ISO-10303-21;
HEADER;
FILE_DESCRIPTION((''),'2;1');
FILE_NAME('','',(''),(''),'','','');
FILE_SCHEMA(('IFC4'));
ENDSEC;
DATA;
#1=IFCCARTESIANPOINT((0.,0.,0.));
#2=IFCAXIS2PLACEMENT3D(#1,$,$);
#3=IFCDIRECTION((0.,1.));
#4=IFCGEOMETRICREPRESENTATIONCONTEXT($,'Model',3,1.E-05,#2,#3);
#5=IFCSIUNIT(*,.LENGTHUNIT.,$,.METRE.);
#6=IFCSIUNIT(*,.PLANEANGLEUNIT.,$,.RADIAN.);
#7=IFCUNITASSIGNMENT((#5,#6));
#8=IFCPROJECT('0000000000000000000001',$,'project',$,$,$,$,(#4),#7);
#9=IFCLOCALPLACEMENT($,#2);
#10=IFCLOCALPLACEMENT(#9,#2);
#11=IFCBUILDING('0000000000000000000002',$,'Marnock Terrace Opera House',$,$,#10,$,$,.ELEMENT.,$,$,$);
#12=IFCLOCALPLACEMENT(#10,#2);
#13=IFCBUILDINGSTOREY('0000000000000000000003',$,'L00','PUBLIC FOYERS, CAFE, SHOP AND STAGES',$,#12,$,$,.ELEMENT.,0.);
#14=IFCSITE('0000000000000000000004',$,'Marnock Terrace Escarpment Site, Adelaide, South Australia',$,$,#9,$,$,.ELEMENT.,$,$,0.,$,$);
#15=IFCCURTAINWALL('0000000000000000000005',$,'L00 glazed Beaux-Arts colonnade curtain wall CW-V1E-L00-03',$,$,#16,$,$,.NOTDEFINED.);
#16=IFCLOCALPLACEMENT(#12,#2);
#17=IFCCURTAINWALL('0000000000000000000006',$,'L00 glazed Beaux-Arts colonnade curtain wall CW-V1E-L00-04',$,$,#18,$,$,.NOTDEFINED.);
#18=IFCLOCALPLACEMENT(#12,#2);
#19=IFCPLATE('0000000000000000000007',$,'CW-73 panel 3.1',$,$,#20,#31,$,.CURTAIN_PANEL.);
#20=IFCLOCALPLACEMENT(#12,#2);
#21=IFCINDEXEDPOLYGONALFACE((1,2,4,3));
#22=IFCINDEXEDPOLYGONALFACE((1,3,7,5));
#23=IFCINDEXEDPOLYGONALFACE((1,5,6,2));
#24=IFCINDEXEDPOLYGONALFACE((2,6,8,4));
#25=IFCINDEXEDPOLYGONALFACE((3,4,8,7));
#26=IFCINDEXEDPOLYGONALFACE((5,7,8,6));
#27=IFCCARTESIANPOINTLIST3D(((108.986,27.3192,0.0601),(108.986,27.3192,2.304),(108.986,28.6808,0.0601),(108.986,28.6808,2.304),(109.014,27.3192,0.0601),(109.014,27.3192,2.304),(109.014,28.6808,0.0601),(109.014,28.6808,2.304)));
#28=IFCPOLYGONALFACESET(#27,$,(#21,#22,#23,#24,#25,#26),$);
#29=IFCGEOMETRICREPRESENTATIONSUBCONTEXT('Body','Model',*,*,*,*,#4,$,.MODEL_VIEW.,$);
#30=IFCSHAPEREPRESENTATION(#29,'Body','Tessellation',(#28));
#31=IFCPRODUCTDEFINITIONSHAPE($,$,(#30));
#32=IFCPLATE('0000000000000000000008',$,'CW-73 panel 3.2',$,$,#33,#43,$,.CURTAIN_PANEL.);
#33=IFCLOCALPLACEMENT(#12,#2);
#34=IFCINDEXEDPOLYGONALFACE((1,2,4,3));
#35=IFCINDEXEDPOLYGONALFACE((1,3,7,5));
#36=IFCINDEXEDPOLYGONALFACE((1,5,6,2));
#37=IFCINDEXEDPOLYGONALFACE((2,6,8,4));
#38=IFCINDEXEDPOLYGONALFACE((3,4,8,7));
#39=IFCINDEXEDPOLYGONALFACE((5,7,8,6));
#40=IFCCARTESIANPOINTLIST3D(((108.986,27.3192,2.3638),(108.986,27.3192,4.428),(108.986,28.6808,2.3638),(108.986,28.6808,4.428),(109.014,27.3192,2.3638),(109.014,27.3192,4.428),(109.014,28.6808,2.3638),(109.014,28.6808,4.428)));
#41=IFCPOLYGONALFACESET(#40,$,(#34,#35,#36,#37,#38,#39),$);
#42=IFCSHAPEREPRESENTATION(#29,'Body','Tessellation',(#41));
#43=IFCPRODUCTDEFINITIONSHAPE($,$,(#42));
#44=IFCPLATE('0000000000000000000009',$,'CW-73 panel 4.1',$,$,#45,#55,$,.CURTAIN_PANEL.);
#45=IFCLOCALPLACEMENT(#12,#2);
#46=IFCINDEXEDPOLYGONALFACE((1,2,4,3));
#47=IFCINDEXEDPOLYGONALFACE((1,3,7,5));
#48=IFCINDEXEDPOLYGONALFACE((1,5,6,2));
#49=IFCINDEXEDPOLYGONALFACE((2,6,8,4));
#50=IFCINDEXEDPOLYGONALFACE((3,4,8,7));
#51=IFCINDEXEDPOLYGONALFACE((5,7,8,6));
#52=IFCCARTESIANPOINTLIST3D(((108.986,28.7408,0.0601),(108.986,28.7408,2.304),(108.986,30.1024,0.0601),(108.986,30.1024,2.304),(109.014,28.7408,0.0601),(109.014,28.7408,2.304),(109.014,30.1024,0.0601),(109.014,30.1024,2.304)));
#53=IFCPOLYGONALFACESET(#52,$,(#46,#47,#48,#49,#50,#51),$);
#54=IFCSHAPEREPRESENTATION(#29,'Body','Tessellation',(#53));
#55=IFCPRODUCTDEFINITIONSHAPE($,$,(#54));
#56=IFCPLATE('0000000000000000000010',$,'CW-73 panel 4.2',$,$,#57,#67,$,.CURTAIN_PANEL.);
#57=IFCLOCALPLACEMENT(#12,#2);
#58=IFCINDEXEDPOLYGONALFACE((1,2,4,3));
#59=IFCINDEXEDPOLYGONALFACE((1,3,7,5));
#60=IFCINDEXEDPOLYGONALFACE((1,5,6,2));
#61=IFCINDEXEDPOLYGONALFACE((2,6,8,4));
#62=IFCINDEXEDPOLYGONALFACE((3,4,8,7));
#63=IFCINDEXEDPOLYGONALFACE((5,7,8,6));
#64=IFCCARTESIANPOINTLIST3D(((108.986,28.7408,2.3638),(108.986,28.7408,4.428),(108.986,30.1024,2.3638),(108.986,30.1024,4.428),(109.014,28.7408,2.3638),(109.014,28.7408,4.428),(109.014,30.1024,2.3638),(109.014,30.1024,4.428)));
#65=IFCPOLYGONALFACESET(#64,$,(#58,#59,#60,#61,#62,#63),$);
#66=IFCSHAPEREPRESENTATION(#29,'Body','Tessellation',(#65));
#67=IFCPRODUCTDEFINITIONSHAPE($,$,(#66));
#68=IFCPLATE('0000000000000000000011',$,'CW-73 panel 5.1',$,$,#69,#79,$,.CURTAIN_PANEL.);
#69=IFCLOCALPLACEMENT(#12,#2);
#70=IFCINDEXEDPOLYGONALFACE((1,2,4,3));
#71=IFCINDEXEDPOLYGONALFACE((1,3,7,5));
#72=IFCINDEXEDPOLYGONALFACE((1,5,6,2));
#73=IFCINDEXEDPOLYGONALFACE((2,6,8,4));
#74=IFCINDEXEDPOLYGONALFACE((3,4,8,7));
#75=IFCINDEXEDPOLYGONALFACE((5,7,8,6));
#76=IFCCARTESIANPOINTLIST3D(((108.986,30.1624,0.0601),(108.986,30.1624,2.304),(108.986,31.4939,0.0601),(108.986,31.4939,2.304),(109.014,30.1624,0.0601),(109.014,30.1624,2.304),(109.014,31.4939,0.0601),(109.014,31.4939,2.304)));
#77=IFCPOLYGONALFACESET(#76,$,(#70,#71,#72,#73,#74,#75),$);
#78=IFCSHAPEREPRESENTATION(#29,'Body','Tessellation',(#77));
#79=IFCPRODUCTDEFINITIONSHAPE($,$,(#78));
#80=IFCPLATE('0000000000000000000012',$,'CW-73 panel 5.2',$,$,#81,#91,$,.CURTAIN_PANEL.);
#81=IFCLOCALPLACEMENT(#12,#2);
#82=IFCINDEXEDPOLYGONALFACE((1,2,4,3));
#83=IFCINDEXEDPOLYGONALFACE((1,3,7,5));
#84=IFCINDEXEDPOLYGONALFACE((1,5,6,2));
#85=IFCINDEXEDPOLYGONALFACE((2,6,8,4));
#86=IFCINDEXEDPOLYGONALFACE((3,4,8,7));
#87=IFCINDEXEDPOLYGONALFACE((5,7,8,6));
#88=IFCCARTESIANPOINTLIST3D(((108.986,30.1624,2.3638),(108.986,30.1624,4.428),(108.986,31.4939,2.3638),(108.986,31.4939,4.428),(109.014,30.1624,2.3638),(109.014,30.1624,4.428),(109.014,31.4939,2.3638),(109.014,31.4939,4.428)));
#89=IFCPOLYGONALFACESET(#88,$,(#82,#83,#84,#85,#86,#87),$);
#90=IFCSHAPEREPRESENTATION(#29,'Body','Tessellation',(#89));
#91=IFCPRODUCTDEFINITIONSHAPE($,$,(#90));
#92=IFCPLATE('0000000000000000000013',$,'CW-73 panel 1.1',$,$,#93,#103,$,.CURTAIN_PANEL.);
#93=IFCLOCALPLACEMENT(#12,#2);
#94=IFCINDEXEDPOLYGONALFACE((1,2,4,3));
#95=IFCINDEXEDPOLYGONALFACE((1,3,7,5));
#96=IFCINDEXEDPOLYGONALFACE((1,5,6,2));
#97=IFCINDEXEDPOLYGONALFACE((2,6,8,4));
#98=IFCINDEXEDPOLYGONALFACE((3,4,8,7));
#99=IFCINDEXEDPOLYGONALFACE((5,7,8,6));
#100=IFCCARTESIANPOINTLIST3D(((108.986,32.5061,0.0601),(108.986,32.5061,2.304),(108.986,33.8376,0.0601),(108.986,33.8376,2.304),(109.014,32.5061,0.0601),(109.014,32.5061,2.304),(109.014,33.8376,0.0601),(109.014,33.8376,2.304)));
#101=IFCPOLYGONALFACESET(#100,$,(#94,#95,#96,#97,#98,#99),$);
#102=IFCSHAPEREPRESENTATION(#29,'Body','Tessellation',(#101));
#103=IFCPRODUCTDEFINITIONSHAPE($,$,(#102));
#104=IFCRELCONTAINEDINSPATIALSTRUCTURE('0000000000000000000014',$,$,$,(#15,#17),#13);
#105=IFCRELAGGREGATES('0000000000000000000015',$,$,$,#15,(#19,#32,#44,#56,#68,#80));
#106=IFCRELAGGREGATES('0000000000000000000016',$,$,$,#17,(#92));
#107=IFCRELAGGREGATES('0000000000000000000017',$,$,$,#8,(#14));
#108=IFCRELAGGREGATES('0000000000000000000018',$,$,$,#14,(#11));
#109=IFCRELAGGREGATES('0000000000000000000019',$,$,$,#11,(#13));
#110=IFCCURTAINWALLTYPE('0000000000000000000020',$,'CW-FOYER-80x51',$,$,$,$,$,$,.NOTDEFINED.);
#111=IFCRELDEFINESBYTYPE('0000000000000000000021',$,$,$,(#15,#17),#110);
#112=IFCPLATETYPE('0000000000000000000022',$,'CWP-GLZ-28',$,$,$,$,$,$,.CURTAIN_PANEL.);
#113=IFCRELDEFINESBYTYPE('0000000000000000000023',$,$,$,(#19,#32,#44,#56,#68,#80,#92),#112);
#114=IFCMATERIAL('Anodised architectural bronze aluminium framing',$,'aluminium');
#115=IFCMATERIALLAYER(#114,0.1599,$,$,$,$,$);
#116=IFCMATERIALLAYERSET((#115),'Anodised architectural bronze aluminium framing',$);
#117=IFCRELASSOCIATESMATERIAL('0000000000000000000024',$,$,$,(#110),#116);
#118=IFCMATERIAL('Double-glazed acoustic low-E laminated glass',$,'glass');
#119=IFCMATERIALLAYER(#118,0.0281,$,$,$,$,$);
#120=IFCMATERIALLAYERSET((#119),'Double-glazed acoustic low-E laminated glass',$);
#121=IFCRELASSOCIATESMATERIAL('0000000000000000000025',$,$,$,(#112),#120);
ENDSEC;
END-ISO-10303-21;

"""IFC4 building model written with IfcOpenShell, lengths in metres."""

from ifc_helpers import new_model, si_unit, direction, frame, origin, origin_2d, place, context, subcontext, project, spatial, rectangle, extrude, material, layer, layer_set, type_object, element, aggregate, save


model = new_model("IFC4")

# Units and contexts
model_context = context("Model", 3, precision=1e-05, world=origin(), true_north=direction((0.0, 1.0)))
body_context = subcontext(model_context, "Body", "Model", "MODEL_VIEW")
ifc_project = project(units=[si_unit("LENGTHUNIT", "METRE"), si_unit("PLANEANGLEUNIT", "RADIAN")], contexts=[model_context])

# Site, building, storey
site_placement = place(None, origin())
site = spatial("IfcSite", under=ifc_project, at=site_placement, Name="Marnock Terrace Escarpment Site, Adelaide, South Australia", CompositionType="ELEMENT", RefElevation=0.0)
building_placement = place(site_placement, origin())
building = spatial("IfcBuilding", under=site, at=building_placement, Name="Marnock Terrace Opera House", CompositionType="ELEMENT")
storey_placement = place(building_placement, origin())
storey = spatial("IfcBuildingStorey", under=building, at=storey_placement, Name="L00", Description="PUBLIC FOYERS, CAFE, SHOP AND STAGES", CompositionType="ELEMENT", Elevation=0.0)

# Curtain wall
ifc_material_1 = material(Name="Anodised architectural bronze aluminium framing", Category="aluminium")
ifc_layer_1 = layer(ifc_material_1, 0.1599)
ifc_layer_set_1 = layer_set([ifc_layer_1], Name="Anodised architectural bronze aluminium framing")
curtain_wall_type = type_object("IfcCurtainWallType", Name="CW-FOYER-80x51", PredefinedType="NOTDEFINED", material=ifc_layer_set_1)
curtain_wall_1_placement = place(storey_placement, origin())
curtain_wall_1 = element("IfcCurtainWall", 1, at=curtain_wall_1_placement, inside=storey, type_object=curtain_wall_type, Name="L00 glazed Beaux-Arts colonnade curtain wall CW-V1E-L00-03", PredefinedType="NOTDEFINED")

# Curtain wall
curtain_wall_2_placement = place(storey_placement, origin())
curtain_wall_2 = element("IfcCurtainWall", 2, at=curtain_wall_2_placement, inside=storey, type_object=curtain_wall_type, Name="L00 glazed Beaux-Arts colonnade curtain wall CW-V1E-L00-04", PredefinedType="NOTDEFINED")

# Plates
ifc_material_2 = material(Name="Double-glazed acoustic low-E laminated glass", Category="glass")
ifc_layer_2 = layer(ifc_material_2, 0.0281)
ifc_layer_set_2 = layer_set([ifc_layer_2], Name="Double-glazed acoustic low-E laminated glass")
plate_type = type_object("IfcPlateType", Name="CWP-GLZ-28", PredefinedType="CURTAIN_PANEL", material=ifc_layer_set_2)
plate_1_placement = place(storey_placement, frame((109.0, 28.0, 0.0601), z_axis=(0.0, 0.0, 1.0), x_axis=(0.0, 1.0, 0.0)))
plate_1 = element("IfcPlate", 3, at=plate_1_placement, type_object=plate_type, Name="CW-73 panel 3.1", PredefinedType="CURTAIN_PANEL", context=body_context, shape_type="SweptSolid", body=[
    extrude(rectangle(XDim=1.3616, YDim=0.0281, at=origin_2d()), origin(), (0.0, 0.0, 1.0), 2.2439),
])
plate_2_placement = place(storey_placement, frame((109.0, 28.0, 2.3638), z_axis=(0.0, 0.0, 1.0), x_axis=(0.0, 1.0, 0.0)))
plate_2 = element("IfcPlate", 4, at=plate_2_placement, type_object=plate_type, Name="CW-73 panel 3.2", PredefinedType="CURTAIN_PANEL", context=body_context, shape_type="SweptSolid", body=[
    extrude(rectangle(XDim=1.3616, YDim=0.0281, at=origin_2d()), origin(), (0.0, 0.0, 1.0), 2.0642),
])
plate_3_placement = place(storey_placement, frame((109.0, 29.4216, 0.0601), z_axis=(0.0, 0.0, 1.0), x_axis=(0.0, 1.0, 0.0)))
plate_3 = element("IfcPlate", 5, at=plate_3_placement, type_object=plate_type, Name="CW-73 panel 4.1", PredefinedType="CURTAIN_PANEL", context=body_context, shape_type="SweptSolid", body=[
    extrude(rectangle(XDim=1.3616, YDim=0.0281, at=origin_2d()), origin(), (0.0, 0.0, 1.0), 2.2439),
])
plate_4_placement = place(storey_placement, frame((109.0, 29.4216, 2.3638), z_axis=(0.0, 0.0, 1.0), x_axis=(0.0, 1.0, 0.0)))
plate_4 = element("IfcPlate", 6, at=plate_4_placement, type_object=plate_type, Name="CW-73 panel 4.2", PredefinedType="CURTAIN_PANEL", context=body_context, shape_type="SweptSolid", body=[
    extrude(rectangle(XDim=1.3616, YDim=0.0281, at=origin_2d()), origin(), (0.0, 0.0, 1.0), 2.0642),
])
plate_5_placement = place(storey_placement, frame((109.0, 30.8281, 0.0601), z_axis=(0.0, 0.0, 1.0), x_axis=(0.0, 1.0, 0.0)))
plate_5 = element("IfcPlate", 7, at=plate_5_placement, type_object=plate_type, Name="CW-73 panel 5.1", PredefinedType="CURTAIN_PANEL", context=body_context, shape_type="SweptSolid", body=[
    extrude(rectangle(XDim=1.3315, YDim=0.0281, at=origin_2d()), origin(), (0.0, 0.0, 1.0), 2.2439),
])
plate_6_placement = place(storey_placement, frame((109.0, 30.8281, 2.3638), z_axis=(0.0, 0.0, 1.0), x_axis=(0.0, 1.0, 0.0)))
plate_6 = element("IfcPlate", 8, at=plate_6_placement, type_object=plate_type, Name="CW-73 panel 5.2", PredefinedType="CURTAIN_PANEL", context=body_context, shape_type="SweptSolid", body=[
    extrude(rectangle(XDim=1.3315, YDim=0.0281, at=origin_2d()), origin(), (0.0, 0.0, 1.0), 2.0642),
])
aggregate(curtain_wall_1, [plate_1, plate_2, plate_3, plate_4, plate_5, plate_6])
plate_7_placement = place(storey_placement, frame((109.0, 33.1719, 0.0601), z_axis=(0.0, 0.0, 1.0), x_axis=(0.0, 1.0, 0.0)))
plate_7 = element("IfcPlate", 9, at=plate_7_placement, type_object=plate_type, Name="CW-73 panel 1.1", PredefinedType="CURTAIN_PANEL", context=body_context, shape_type="SweptSolid", body=[
    extrude(rectangle(XDim=1.3315, YDim=0.0281, at=origin_2d()), origin(), (0.0, 0.0, 1.0), 2.2439),
])
aggregate(curtain_wall_2, [plate_7])

save(model, "model.ifc")
